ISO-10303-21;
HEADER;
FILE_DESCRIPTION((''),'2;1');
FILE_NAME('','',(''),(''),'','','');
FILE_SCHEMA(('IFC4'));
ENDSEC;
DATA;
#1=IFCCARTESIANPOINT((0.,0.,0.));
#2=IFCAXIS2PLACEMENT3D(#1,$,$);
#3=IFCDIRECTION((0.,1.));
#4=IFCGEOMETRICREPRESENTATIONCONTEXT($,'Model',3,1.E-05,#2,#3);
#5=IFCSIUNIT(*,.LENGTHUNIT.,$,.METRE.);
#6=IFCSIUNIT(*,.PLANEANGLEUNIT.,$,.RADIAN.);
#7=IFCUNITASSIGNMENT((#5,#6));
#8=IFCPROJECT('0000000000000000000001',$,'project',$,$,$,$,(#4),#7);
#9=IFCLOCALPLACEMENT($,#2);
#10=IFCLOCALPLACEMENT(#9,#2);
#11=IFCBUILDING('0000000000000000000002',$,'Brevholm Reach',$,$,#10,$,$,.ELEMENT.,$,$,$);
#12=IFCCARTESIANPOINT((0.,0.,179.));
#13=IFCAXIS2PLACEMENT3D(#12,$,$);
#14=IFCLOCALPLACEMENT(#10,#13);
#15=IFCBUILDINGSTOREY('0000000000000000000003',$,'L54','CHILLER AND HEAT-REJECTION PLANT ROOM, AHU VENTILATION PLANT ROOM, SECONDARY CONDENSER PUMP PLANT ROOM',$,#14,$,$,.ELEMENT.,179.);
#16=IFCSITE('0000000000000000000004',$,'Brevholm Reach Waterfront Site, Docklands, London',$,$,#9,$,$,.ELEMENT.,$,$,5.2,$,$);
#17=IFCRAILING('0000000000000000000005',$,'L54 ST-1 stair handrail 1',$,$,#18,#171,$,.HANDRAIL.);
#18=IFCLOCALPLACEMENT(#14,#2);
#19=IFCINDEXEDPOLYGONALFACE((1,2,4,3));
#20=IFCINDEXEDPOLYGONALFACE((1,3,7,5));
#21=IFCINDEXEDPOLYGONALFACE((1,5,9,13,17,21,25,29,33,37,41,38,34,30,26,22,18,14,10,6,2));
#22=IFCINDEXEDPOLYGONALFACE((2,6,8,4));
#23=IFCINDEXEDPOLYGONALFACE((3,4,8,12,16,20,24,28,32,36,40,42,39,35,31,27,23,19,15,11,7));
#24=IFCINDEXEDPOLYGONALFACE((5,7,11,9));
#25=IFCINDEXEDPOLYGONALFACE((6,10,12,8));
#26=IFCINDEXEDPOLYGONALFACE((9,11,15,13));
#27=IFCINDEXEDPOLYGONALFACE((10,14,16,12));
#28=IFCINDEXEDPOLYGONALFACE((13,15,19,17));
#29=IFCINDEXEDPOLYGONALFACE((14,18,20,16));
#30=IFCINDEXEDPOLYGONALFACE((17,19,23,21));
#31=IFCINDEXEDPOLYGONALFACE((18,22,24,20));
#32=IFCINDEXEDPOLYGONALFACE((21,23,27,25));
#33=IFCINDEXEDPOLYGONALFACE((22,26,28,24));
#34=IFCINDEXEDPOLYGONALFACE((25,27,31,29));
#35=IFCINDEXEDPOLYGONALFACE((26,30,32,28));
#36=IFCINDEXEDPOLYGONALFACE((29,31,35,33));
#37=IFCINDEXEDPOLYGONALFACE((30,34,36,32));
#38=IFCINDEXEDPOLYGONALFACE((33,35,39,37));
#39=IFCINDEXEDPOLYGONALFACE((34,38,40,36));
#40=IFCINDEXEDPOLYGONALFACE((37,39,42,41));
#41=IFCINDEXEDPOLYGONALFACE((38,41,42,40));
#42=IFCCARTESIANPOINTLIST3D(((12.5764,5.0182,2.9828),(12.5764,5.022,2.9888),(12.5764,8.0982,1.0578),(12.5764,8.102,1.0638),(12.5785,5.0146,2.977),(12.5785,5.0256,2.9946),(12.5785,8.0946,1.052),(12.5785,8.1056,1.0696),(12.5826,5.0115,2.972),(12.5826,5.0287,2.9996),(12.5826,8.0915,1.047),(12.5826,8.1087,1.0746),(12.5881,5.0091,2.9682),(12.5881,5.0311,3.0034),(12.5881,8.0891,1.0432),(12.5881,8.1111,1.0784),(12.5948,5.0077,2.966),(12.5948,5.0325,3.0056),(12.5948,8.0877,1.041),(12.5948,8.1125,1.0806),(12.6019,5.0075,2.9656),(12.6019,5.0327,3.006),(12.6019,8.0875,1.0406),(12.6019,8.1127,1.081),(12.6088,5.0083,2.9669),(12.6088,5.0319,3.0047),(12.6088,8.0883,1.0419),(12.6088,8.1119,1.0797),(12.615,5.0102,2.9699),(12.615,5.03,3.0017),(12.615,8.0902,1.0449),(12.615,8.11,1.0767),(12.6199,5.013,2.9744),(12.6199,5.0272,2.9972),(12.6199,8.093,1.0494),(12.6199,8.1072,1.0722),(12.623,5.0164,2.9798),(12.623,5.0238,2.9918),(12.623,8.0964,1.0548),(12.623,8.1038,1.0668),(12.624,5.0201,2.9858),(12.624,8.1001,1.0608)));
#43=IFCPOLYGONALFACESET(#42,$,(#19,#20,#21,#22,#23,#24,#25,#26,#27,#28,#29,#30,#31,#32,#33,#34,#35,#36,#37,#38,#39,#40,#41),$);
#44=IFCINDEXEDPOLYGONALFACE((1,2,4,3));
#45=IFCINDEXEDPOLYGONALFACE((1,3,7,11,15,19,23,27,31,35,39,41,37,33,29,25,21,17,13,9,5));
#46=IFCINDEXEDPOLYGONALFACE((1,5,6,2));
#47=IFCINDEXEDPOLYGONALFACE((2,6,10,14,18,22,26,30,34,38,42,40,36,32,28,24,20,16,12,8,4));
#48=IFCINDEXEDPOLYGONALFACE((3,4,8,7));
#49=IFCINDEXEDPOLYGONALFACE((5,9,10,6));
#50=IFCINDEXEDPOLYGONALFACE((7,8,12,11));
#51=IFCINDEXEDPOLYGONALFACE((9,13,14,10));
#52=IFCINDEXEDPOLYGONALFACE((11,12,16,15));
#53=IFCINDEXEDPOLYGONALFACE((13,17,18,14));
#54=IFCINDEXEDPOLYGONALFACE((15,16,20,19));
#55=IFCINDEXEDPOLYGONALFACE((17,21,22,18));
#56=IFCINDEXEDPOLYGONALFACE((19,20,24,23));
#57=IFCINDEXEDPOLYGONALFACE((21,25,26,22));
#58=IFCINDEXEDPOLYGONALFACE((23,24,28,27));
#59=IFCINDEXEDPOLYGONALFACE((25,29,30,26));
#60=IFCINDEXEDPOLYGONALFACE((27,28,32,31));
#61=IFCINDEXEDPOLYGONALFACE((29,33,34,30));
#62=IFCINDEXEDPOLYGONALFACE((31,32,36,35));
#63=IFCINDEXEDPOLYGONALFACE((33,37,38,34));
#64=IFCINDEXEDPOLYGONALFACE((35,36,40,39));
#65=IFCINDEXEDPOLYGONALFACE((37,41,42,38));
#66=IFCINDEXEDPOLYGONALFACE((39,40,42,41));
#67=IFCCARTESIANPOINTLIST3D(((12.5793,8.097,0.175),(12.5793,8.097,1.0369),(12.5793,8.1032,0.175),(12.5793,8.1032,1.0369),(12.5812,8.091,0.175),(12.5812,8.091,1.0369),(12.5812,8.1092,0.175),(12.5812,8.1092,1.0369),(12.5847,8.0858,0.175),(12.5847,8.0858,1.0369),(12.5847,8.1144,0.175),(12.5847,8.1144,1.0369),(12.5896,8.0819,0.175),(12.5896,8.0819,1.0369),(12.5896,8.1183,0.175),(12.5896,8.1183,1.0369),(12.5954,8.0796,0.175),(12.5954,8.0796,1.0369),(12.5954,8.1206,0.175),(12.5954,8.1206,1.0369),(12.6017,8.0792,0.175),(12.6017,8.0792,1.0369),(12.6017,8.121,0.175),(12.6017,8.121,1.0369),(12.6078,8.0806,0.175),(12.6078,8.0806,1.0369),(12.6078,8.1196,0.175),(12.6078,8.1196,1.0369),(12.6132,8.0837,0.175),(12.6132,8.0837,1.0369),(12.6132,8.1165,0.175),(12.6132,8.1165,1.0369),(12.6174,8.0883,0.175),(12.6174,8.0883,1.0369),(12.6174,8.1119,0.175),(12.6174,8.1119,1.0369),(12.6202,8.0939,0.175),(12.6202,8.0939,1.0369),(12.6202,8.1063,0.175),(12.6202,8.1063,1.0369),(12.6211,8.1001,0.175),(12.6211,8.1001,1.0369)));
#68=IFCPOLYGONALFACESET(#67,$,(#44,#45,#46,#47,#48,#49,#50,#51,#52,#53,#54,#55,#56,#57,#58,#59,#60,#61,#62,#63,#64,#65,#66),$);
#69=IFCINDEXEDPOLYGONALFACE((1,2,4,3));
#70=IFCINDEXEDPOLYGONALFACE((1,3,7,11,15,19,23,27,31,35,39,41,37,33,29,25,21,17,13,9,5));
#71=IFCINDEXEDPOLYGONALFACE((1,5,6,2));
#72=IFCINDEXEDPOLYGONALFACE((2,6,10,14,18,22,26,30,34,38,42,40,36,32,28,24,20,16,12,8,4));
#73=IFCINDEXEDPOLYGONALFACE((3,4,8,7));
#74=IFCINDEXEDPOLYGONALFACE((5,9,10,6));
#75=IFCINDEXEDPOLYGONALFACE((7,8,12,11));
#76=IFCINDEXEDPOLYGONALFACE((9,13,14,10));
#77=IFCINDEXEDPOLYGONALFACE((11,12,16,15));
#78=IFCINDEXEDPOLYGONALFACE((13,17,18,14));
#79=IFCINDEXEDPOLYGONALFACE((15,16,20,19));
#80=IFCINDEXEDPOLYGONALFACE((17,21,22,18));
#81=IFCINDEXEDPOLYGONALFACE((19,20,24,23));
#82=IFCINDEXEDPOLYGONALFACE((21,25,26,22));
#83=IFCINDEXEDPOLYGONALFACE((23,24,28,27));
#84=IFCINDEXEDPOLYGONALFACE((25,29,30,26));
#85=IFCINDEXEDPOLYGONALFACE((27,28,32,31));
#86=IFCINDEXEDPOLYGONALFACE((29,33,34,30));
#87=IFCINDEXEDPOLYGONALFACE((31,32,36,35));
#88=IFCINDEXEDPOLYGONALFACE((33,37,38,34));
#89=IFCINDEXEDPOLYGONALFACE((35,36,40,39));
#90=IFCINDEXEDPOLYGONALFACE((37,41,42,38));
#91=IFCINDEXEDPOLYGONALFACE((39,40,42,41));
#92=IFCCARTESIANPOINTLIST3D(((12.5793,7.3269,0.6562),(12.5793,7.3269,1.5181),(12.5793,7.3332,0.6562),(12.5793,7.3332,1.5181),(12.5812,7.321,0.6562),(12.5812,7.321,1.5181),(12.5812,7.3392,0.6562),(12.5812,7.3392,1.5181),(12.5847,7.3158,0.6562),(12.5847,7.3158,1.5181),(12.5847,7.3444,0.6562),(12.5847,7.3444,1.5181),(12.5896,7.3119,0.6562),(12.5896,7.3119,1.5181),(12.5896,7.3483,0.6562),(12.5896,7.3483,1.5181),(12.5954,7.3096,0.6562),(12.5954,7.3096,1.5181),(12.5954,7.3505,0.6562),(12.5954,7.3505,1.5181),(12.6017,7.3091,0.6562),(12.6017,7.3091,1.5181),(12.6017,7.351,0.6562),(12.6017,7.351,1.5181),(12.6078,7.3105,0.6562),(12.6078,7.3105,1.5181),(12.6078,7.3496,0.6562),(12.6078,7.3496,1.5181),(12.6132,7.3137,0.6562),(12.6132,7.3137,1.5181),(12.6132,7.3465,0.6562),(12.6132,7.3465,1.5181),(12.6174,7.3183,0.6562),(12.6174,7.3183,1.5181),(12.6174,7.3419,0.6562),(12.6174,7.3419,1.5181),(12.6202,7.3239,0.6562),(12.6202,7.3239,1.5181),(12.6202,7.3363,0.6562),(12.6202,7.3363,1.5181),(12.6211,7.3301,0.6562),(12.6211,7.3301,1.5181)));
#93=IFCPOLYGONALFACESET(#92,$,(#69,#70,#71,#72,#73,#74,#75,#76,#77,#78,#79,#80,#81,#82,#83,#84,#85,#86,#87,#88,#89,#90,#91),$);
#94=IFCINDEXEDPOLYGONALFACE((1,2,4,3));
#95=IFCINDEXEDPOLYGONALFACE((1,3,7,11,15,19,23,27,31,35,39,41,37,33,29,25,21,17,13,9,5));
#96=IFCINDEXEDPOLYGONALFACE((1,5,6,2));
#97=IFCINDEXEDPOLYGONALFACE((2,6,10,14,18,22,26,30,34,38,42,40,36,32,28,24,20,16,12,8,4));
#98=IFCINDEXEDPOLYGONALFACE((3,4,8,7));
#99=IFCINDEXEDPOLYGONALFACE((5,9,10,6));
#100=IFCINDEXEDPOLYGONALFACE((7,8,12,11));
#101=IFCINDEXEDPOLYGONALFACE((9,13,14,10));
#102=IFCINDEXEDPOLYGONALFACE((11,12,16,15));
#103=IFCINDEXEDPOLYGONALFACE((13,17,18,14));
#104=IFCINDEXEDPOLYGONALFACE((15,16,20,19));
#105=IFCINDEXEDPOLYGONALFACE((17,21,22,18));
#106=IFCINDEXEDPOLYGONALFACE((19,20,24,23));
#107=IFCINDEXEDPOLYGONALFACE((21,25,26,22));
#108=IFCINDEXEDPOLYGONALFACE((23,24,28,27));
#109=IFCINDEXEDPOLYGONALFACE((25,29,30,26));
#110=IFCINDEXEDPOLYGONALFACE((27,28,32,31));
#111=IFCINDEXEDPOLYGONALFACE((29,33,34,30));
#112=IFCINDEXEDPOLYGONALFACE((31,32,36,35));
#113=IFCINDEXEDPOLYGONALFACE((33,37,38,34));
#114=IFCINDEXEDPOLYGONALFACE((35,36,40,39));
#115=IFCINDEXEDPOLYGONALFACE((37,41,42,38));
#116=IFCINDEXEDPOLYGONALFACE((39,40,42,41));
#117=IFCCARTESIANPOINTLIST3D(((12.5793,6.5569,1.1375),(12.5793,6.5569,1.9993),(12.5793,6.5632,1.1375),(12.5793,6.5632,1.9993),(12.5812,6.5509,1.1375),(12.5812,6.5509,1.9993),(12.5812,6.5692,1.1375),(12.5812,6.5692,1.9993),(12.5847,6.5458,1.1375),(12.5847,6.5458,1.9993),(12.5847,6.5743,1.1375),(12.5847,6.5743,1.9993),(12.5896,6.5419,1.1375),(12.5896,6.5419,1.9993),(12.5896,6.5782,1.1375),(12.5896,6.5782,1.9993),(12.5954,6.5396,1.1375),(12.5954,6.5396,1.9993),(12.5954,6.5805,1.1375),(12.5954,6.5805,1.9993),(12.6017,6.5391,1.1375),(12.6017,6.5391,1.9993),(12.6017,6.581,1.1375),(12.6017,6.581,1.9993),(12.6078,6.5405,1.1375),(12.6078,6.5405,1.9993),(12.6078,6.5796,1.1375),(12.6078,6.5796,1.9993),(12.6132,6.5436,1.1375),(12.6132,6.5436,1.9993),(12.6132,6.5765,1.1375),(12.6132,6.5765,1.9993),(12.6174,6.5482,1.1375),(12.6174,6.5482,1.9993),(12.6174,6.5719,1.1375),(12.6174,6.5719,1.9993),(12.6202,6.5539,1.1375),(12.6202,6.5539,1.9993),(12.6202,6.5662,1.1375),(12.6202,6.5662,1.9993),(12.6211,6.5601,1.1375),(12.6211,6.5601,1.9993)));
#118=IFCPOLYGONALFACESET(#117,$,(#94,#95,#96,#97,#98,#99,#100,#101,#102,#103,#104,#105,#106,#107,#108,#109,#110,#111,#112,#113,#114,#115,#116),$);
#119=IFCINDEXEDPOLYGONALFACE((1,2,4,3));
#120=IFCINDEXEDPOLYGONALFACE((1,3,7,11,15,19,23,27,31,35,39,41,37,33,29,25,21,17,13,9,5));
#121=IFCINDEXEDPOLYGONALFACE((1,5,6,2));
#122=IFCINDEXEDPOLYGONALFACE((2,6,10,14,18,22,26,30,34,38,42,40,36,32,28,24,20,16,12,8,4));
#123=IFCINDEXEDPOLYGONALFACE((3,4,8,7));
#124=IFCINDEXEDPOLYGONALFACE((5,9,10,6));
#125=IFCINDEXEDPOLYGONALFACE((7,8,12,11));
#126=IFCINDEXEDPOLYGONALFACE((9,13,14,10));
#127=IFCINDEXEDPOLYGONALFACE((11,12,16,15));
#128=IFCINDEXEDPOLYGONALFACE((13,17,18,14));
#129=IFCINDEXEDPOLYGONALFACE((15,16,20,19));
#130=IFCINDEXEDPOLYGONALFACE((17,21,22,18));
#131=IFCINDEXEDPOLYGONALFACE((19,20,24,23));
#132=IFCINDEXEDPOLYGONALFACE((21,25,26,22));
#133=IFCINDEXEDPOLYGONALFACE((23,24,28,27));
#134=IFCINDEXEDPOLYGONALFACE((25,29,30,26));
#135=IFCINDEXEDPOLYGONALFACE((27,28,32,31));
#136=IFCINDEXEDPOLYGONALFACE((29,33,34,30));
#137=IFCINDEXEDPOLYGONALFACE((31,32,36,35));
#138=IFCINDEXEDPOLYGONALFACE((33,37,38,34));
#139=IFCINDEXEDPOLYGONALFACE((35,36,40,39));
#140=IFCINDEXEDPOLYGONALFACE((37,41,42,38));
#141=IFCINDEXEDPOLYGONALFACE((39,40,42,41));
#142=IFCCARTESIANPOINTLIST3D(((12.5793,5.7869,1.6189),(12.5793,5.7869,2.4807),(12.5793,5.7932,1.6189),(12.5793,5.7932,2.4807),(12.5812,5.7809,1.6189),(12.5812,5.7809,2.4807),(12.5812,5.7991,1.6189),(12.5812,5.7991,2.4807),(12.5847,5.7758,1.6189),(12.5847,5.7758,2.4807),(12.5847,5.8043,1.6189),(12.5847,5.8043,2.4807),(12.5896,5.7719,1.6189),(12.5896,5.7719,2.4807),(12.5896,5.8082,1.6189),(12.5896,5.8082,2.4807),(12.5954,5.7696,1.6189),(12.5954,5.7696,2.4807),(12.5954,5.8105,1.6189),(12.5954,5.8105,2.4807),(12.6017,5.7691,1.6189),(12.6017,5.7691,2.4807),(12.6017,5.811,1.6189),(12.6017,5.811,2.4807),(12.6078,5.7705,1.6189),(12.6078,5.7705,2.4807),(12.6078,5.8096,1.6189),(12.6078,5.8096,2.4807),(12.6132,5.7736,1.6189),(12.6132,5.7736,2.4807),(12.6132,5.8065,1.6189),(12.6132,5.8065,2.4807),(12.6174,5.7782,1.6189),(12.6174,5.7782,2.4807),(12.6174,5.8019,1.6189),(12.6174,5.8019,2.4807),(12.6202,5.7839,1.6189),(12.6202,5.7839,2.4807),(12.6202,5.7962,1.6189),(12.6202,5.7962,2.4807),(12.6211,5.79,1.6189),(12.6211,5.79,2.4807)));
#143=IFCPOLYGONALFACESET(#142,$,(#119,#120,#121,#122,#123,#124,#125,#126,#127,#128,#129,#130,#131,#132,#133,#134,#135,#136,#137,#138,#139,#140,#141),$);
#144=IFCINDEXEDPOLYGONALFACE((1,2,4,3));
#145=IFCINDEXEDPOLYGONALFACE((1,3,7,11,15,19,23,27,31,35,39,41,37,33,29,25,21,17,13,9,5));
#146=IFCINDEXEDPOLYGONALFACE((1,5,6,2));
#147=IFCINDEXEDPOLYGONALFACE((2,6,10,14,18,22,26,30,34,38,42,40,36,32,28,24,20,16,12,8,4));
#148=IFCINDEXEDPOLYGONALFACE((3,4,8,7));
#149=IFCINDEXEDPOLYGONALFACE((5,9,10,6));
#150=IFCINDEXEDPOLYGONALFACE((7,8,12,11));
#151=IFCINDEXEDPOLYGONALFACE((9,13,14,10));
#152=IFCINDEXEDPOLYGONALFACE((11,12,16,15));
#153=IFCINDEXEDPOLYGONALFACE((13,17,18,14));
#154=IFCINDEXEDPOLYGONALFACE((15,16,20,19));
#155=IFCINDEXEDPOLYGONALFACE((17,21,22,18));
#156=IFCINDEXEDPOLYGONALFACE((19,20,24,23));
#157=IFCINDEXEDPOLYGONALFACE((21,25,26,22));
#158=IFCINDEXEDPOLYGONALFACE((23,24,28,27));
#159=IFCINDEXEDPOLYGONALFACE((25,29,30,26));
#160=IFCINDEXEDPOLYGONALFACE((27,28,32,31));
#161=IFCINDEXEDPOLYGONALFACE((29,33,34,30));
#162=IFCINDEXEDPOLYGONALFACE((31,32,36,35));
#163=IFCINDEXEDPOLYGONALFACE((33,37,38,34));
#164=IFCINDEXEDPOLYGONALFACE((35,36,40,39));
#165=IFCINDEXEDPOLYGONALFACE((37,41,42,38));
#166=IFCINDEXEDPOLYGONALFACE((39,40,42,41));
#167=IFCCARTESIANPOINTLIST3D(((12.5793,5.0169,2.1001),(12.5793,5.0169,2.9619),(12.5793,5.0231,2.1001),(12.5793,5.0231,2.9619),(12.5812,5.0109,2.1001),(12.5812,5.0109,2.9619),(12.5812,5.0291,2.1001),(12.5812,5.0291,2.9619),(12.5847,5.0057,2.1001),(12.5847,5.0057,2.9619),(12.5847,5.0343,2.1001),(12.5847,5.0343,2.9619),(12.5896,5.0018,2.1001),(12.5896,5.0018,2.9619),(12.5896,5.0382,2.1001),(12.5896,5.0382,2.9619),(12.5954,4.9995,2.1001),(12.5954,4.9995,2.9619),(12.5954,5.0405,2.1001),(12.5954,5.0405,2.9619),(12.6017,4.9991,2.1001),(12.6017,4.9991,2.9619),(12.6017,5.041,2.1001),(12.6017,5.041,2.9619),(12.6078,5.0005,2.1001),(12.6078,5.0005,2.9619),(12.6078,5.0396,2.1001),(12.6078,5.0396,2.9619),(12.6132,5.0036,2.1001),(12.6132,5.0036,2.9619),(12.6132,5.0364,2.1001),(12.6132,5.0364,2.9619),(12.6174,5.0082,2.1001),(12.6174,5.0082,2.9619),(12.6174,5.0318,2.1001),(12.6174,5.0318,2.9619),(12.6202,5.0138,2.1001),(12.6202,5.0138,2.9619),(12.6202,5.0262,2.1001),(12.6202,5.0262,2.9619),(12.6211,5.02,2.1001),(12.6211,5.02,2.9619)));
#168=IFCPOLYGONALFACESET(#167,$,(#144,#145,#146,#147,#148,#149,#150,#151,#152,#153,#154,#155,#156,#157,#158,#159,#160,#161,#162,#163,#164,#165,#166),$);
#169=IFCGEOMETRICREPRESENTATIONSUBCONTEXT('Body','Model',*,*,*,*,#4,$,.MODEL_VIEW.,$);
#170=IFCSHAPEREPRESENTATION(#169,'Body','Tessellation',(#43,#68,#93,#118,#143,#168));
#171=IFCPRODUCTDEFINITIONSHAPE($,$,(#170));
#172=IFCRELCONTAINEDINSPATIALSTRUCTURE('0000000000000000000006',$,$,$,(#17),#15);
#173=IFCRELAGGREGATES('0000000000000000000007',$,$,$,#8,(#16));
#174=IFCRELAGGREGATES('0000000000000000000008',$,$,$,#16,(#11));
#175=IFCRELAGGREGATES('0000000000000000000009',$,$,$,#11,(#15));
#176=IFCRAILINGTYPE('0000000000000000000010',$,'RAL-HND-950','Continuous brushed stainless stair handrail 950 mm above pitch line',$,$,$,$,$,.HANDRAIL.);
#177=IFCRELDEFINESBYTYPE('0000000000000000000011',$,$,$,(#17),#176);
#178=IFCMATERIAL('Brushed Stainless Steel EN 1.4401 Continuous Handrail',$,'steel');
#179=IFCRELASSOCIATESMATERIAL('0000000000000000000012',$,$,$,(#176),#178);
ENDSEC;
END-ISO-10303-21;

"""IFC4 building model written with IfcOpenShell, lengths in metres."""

from ifc_helpers import new_model, si_unit, direction, frame, origin, origin_2d, place, context, subcontext, project, spatial, circle, extrude, material, type_object, element, save


model = new_model("IFC4")

# Units and contexts
model_context = context("Model", 3, precision=1e-05, world=origin(), true_north=direction((0.0, 1.0)))
body_context = subcontext(model_context, "Body", "Model", "MODEL_VIEW")
ifc_project = project(units=[si_unit("LENGTHUNIT", "METRE"), si_unit("PLANEANGLEUNIT", "RADIAN")], contexts=[model_context])

# Site, building, storey
site_placement = place(None, origin())
site = spatial("IfcSite", under=ifc_project, at=site_placement, Name="Brevholm Reach Waterfront Site, Docklands, London", CompositionType="ELEMENT", RefElevation=5.2)
building_placement = place(site_placement, origin())
building = spatial("IfcBuilding", under=site, at=building_placement, Name="Brevholm Reach", CompositionType="ELEMENT")
storey_placement = place(building_placement, frame((0.0, 0.0, 179.0)))
storey = spatial("IfcBuildingStorey", under=building, at=storey_placement, Name="L54", Description="CHILLER AND HEAT-REJECTION PLANT ROOM, AHU VENTILATION PLANT ROOM, SECONDARY CONDENSER PUMP PLANT ROOM", CompositionType="ELEMENT", Elevation=179.0)

# Railing
ifc_material_1 = material(Name="Brushed Stainless Steel EN 1.4401 Continuous Handrail", Category="steel")
railing_type_1 = type_object("IfcRailingType", Name="RAL-HND-950", Description="Continuous brushed stainless stair handrail 950 mm above pitch line", PredefinedType="HANDRAIL", material=ifc_material_1)
railing_1_placement = place(storey_placement, frame((12.6001, 8.1001, 0.175)))
element("IfcRailing", 1, at=railing_1_placement, inside=storey, type_object=railing_type_1, Name="L54 ST-1 stair handrail 1", PredefinedType="HANDRAIL", context=body_context, shape_type="SweptSolid", body=[
    extrude(circle(Radius=0.0239, at=origin_2d()), frame((0.0, 0.0, 0.8857), z_axis=(0.0, -0.847998, 0.529999), x_axis=(1.0, 0.0, 0.0)), (0.0, 0.0, 1.0), 3.6321),
    extrude(circle(Radius=0.021, at=origin_2d()), origin(), (0.0, 0.0, 1.0), 0.8618),
    extrude(circle(Radius=0.021, at=origin_2d()), frame((0.0, -0.77, 0.4812)), (0.0, 0.0, 1.0), 0.8618),
    extrude(circle(Radius=0.021, at=origin_2d()), frame((0.0, -1.54, 0.9624)), (0.0, 0.0, 1.0), 0.8618),
    extrude(circle(Radius=0.021, at=origin_2d()), frame((0.0, -2.3101, 1.4438)), (0.0, 0.0, 1.0), 0.8618),
    extrude(circle(Radius=0.021, at=origin_2d()), frame((0.0, -3.0801, 1.925)), (0.0, 0.0, 1.0), 0.8618),
])

save(model, "model.ifc")
